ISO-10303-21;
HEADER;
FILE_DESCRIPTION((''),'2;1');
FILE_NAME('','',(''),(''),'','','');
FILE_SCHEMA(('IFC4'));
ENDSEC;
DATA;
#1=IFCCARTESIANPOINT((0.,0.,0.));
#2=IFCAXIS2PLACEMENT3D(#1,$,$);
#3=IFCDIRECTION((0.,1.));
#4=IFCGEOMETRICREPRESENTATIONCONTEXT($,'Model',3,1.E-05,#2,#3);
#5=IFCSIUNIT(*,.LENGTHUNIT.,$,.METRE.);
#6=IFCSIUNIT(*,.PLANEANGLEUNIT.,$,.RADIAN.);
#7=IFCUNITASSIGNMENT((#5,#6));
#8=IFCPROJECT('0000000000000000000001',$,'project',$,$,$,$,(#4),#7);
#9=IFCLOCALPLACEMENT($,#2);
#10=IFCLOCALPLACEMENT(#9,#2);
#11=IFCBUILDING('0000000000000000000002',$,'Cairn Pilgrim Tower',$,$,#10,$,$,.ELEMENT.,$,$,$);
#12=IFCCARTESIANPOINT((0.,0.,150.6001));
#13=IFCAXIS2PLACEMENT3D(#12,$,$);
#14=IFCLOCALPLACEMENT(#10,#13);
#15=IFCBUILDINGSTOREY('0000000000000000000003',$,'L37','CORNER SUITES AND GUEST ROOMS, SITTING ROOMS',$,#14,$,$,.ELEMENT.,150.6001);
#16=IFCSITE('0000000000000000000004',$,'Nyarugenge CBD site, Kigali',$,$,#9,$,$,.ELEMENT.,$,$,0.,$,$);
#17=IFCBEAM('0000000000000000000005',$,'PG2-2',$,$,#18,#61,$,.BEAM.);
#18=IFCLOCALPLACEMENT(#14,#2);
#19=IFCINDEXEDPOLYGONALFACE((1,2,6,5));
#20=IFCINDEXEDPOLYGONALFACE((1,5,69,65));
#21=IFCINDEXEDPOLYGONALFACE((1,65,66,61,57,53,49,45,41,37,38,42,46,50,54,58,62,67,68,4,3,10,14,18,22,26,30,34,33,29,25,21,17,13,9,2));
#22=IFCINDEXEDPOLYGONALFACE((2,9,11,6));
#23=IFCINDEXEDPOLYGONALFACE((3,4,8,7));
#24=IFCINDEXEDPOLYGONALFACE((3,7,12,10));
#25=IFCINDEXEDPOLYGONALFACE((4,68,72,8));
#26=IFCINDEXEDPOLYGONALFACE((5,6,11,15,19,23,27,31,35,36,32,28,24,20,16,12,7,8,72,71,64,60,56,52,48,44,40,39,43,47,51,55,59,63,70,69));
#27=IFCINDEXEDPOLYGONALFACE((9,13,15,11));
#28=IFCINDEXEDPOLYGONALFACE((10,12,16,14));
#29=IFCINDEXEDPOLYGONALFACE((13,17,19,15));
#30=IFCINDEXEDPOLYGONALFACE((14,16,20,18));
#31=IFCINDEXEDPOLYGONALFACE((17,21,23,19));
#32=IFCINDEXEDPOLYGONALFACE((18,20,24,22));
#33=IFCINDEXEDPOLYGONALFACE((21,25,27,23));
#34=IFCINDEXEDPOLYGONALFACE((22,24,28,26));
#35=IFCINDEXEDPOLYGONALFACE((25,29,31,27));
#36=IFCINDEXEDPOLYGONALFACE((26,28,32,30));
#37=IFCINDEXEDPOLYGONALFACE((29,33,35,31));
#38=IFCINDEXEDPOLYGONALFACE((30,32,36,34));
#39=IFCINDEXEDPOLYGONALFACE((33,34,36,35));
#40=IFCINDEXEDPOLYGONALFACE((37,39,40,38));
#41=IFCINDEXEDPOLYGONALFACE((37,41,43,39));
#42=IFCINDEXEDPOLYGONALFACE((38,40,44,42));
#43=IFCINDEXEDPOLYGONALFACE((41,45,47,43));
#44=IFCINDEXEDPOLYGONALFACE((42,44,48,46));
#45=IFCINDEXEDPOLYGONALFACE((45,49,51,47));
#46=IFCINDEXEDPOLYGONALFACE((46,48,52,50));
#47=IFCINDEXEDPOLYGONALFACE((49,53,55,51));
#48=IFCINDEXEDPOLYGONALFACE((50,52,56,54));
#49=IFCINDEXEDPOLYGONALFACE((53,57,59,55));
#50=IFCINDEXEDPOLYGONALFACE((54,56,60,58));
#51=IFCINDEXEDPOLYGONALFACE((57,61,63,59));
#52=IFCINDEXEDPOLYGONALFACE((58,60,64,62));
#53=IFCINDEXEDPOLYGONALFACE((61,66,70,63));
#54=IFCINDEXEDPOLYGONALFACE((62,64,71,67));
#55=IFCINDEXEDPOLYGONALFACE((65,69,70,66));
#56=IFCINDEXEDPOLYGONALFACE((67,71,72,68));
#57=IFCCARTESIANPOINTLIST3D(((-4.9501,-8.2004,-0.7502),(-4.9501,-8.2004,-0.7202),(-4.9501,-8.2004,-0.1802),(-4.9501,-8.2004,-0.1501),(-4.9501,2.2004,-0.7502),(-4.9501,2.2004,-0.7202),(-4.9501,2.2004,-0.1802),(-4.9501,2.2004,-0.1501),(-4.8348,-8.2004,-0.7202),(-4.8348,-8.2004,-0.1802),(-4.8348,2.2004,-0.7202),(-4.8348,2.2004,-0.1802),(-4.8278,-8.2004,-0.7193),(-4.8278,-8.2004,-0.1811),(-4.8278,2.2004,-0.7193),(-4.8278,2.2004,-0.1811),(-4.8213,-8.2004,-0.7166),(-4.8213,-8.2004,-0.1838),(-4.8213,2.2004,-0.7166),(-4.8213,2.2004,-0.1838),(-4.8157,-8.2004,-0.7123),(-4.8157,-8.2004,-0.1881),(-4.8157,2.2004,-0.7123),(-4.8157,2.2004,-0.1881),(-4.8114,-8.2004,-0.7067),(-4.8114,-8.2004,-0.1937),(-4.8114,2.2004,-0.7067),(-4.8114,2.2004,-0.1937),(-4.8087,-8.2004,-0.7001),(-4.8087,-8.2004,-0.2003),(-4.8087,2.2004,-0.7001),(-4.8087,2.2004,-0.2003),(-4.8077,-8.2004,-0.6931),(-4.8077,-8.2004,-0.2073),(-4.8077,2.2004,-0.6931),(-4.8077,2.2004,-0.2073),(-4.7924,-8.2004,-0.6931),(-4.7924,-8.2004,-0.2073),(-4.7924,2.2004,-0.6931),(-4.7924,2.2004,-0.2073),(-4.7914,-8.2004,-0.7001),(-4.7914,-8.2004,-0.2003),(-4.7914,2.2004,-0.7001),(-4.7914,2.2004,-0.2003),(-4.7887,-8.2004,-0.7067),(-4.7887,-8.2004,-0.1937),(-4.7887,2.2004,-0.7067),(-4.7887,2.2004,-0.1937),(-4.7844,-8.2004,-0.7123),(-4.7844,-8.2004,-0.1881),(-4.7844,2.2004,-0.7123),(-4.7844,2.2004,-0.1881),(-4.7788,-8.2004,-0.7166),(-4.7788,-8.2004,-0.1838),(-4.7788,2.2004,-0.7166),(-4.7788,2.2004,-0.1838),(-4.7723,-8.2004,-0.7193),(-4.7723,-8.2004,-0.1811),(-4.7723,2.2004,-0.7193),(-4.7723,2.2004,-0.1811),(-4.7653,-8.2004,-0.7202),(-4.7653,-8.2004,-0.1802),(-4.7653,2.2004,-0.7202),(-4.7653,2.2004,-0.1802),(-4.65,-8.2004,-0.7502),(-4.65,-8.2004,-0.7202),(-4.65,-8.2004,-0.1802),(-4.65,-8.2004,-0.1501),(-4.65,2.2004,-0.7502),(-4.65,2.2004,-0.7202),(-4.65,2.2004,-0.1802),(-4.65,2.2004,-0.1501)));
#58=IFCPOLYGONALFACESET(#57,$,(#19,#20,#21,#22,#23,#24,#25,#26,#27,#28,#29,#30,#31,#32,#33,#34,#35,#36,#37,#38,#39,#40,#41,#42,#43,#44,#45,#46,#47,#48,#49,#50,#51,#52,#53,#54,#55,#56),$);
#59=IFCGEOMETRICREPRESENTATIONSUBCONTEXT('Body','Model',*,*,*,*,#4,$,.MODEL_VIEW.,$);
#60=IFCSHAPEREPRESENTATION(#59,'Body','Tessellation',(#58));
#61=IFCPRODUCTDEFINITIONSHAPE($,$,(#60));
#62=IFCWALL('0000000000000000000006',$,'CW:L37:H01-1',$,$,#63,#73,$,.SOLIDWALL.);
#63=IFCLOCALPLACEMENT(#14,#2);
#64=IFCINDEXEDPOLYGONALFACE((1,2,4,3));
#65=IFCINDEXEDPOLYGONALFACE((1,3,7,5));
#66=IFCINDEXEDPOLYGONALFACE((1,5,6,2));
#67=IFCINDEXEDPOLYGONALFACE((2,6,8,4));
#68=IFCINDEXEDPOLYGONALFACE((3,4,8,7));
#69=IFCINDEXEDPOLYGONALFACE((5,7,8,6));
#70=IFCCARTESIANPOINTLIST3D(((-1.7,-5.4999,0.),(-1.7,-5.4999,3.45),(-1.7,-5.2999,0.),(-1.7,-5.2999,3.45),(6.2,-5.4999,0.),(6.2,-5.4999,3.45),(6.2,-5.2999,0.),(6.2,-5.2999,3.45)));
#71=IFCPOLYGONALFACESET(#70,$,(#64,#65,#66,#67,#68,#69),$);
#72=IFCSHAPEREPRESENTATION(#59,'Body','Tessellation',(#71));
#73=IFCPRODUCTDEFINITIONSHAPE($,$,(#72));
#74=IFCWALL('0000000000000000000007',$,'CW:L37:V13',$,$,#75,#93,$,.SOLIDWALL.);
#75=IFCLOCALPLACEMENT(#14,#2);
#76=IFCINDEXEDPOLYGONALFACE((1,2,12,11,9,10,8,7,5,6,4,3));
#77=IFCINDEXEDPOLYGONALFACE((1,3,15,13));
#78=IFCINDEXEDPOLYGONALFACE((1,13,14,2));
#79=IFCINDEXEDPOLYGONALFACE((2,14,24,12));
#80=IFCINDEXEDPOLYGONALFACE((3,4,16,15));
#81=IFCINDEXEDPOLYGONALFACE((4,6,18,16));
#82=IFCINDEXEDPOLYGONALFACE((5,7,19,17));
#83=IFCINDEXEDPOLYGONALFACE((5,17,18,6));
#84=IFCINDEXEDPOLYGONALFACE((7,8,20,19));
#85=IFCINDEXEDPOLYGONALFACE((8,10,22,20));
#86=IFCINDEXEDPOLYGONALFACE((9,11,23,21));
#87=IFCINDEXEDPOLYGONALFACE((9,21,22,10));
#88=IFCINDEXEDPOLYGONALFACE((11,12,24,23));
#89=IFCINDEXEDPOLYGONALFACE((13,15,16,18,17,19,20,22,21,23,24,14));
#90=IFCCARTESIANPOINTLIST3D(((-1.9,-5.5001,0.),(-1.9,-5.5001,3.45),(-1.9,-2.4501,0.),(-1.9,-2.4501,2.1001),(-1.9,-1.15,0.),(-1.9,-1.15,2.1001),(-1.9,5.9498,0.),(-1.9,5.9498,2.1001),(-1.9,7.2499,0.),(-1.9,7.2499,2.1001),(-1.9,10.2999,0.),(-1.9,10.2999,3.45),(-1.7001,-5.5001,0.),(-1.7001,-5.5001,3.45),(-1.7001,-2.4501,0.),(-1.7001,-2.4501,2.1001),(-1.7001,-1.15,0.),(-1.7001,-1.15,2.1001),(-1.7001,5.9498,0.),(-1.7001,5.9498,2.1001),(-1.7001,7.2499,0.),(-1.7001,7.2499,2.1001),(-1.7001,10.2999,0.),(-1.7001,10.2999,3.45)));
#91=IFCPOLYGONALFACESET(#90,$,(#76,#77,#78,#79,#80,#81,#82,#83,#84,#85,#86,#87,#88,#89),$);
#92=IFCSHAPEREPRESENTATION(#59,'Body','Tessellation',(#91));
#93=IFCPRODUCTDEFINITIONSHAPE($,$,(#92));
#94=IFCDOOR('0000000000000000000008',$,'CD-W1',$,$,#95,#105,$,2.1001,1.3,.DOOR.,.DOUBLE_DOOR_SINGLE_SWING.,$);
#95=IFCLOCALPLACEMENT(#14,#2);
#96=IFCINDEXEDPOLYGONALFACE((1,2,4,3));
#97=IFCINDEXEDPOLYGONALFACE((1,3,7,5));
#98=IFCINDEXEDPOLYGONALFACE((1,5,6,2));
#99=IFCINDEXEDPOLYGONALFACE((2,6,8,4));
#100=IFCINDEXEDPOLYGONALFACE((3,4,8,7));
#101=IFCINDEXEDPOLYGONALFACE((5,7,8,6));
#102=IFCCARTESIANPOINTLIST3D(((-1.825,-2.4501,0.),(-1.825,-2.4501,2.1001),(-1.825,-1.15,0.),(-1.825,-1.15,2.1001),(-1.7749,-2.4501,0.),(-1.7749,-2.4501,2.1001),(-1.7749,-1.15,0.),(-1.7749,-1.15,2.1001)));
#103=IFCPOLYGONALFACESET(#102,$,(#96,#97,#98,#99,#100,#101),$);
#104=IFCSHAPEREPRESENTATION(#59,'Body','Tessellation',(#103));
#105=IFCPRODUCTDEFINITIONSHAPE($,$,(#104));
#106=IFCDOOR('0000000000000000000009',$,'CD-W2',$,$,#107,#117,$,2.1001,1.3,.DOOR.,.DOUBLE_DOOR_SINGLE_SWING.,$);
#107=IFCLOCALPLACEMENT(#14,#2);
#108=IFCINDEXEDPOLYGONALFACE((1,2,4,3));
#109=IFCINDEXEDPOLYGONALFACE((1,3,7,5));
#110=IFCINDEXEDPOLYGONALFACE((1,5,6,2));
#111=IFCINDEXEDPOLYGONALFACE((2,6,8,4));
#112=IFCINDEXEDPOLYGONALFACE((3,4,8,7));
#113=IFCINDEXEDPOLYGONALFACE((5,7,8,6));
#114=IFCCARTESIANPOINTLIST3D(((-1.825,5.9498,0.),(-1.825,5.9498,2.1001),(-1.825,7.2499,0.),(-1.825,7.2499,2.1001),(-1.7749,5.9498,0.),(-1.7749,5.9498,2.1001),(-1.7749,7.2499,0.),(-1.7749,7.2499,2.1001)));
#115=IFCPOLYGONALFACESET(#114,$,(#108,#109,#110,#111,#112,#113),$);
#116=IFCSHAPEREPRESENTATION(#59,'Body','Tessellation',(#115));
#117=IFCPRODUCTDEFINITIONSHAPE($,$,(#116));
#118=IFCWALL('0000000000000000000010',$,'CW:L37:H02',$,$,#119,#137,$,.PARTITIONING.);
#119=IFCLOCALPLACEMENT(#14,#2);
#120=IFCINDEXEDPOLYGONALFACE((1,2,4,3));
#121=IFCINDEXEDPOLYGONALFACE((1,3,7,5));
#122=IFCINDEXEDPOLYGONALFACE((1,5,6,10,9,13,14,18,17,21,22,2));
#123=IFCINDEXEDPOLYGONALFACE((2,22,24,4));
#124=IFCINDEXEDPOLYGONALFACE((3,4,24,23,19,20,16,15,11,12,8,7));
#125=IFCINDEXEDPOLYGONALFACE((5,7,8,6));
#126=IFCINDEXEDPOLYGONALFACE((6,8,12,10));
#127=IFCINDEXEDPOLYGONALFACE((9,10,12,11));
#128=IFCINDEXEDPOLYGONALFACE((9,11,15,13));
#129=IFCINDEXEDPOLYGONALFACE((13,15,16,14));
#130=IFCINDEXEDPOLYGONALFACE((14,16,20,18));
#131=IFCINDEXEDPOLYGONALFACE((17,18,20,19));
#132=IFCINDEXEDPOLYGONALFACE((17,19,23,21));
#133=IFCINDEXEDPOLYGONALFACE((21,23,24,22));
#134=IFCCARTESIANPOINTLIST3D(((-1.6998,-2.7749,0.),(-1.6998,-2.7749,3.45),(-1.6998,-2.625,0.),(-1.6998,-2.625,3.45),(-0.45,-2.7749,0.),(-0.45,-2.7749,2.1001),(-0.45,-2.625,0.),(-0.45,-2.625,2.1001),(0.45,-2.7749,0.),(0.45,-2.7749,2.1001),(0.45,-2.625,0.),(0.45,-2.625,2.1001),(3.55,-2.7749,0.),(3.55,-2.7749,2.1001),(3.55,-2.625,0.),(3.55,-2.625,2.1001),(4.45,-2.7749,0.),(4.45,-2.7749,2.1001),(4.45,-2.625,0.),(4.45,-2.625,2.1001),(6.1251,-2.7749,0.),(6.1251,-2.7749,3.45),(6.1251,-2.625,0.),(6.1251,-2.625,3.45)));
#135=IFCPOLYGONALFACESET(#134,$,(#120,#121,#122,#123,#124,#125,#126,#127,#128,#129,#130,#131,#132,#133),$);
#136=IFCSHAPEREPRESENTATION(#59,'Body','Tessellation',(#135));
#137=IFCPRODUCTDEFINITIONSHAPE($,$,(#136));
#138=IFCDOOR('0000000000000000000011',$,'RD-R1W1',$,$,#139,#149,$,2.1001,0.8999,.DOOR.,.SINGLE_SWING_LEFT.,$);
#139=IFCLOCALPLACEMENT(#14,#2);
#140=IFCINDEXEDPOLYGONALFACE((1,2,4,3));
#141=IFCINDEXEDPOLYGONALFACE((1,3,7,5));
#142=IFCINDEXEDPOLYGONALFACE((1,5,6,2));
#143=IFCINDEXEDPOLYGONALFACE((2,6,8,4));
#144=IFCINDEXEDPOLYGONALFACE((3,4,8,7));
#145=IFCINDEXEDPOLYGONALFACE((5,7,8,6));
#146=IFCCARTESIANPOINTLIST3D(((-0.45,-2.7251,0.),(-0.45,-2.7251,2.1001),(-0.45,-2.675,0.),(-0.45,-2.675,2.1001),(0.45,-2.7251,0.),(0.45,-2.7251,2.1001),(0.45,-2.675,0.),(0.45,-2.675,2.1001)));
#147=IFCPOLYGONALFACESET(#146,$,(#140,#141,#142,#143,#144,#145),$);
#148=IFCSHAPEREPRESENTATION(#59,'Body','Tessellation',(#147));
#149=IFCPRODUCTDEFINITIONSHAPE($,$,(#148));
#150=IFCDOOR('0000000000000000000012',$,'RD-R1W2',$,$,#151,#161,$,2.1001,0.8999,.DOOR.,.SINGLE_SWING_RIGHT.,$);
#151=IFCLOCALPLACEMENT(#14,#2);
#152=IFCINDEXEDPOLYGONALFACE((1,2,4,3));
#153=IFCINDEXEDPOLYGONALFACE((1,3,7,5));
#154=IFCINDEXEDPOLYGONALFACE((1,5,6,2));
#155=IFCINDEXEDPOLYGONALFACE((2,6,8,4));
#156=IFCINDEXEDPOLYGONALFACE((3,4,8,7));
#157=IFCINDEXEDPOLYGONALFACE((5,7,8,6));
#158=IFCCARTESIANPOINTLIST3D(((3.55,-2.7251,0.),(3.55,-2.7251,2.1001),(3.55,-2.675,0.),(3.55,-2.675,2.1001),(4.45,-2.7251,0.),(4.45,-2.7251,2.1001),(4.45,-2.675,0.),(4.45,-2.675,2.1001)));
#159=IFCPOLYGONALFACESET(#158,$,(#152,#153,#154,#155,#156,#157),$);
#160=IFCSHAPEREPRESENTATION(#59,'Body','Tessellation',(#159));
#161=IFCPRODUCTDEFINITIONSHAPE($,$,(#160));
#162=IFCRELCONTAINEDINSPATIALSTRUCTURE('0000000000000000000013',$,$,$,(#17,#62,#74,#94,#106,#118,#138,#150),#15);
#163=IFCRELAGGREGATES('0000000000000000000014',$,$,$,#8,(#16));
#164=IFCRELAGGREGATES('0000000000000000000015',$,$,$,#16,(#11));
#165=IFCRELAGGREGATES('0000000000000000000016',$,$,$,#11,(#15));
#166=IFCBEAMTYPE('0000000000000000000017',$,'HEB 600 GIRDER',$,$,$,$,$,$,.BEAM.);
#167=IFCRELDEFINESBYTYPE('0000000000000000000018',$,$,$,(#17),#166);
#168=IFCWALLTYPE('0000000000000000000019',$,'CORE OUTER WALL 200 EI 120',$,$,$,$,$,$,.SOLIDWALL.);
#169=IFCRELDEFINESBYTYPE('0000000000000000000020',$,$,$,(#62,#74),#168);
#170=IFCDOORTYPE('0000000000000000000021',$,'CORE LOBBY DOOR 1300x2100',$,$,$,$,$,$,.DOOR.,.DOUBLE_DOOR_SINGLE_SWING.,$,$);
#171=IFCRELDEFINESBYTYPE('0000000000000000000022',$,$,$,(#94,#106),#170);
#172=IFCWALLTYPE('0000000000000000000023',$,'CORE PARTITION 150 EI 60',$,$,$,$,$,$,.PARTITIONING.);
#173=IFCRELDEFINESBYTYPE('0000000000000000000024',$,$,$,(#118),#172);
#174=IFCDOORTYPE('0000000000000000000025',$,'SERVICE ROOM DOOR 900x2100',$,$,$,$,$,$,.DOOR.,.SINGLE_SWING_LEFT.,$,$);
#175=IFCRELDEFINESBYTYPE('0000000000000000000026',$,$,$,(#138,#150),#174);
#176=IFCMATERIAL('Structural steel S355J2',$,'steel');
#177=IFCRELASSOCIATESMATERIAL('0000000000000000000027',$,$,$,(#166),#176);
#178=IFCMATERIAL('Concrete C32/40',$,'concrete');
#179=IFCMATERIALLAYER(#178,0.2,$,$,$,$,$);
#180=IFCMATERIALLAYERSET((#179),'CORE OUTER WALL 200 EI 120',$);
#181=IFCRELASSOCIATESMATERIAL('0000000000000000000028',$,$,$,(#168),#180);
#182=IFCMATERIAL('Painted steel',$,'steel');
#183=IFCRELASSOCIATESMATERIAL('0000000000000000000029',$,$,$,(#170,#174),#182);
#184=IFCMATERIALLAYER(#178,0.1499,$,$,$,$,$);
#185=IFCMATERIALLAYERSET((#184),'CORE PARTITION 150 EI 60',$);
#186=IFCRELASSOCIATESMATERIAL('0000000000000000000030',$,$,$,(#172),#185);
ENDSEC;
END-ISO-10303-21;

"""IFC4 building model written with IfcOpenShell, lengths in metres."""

from ifc_helpers import new_model, si_unit, direction, frame, frame_2d, origin, origin_2d, place, context, subcontext, project, spatial, rectangle, i_section, extrude, material, layer, layer_set, material_profile, profile_set, type_object, element, fill, save


model = new_model("IFC4")

# Units and contexts
model_context = context("Model", 3, precision=1e-05, world=origin(), true_north=direction((0.0, 1.0)))
body_context = subcontext(model_context, "Body", "Model", "MODEL_VIEW")
ifc_project = project(units=[si_unit("LENGTHUNIT", "METRE"), si_unit("PLANEANGLEUNIT", "RADIAN")], contexts=[model_context])

# Site, building, storey
site_placement = place(None, origin())
site = spatial("IfcSite", under=ifc_project, at=site_placement, Name="Nyarugenge CBD site, Kigali", CompositionType="ELEMENT", RefElevation=0.0)
building_placement = place(site_placement, origin())
building = spatial("IfcBuilding", under=site, at=building_placement, Name="Cairn Pilgrim Tower", CompositionType="ELEMENT")
storey_placement = place(building_placement, frame((0.0, 0.0, 150.6001)))
storey = spatial("IfcBuildingStorey", under=building, at=storey_placement, Name="L37", Description="CORNER SUITES AND GUEST ROOMS, SITTING ROOMS", CompositionType="ELEMENT", Elevation=150.6001)

# Beam
ifc_material_1 = material(Name="Structural steel S355J2", Category="steel")
ifc_material_profile_1 = material_profile(ifc_material_1, i_section(OverallWidth=0.3, OverallDepth=0.6001, WebThickness=0.0154, FlangeThickness=0.03, FilletRadius=0.0271, at=origin_2d()), Name="HEB 600")
ifc_profile_set_1 = profile_set([ifc_material_profile_1], Name="Structural steel S355J2")
beam_type_1 = type_object("IfcBeamType", Name="HEB 600 GIRDER", PredefinedType="BEAM", material=ifc_profile_set_1)
beam_1_placement = place(storey_placement, frame((-4.8, -8.2004, -0.4502), z_axis=(0.0, 1.0, 0.0), x_axis=(-1.0, 0.0, 0.0)))
element("IfcBeam", 1, at=beam_1_placement, inside=storey, type_object=beam_type_1, Name="PG2-2", PredefinedType="BEAM", context=body_context, shape_type="SweptSolid", body=[
    extrude(i_section(OverallWidth=0.3, OverallDepth=0.6001, WebThickness=0.0154, FlangeThickness=0.03, FilletRadius=0.0271, at=origin_2d()), origin(), (0.0, 0.0, 1.0), 10.4009),
])

# Wall
ifc_material_2 = material(Name="Concrete C32/40", Category="concrete")
ifc_layer_1 = layer(ifc_material_2, 0.2)
ifc_layer_set_1 = layer_set([ifc_layer_1], Name="CORE OUTER WALL 200 EI 120")
wall_type_1 = type_object("IfcWallType", Name="CORE OUTER WALL 200 EI 120", PredefinedType="SOLIDWALL", material=ifc_layer_set_1)
wall_1_placement = place(storey_placement, frame((-1.7, -5.3999, 0.0), z_axis=(0.0, 0.0, 1.0), x_axis=(1.0, 0.0, 0.0)))
element("IfcWall", 2, at=wall_1_placement, inside=storey, type_object=wall_type_1, Name="CW:L37:H01-1", PredefinedType="SOLIDWALL", context=body_context, shape_type="SweptSolid", body=[
    extrude(rectangle(XDim=7.8999, YDim=0.2, at=frame_2d((3.95, 0.0))), origin(), (0.0, 0.0, 1.0), 3.45),
])

# Walls, openings, doors
wall_2_placement = place(storey_placement, frame((-1.8, -5.5, 0.0), z_axis=(0.0, 0.0, 1.0), x_axis=(0.0, 1.0, 0.0)))
wall_2 = element("IfcWall", 3, at=wall_2_placement, inside=storey, type_object=wall_type_1, Name="CW:L37:V13", PredefinedType="SOLIDWALL", context=body_context, shape_type="SweptSolid", body=[
    extrude(rectangle(XDim=15.8, YDim=0.2, at=frame_2d((7.8999, 0.0))), origin(), (0.0, 0.0, 1.0), 3.45),
])
opening_1_placement = place(wall_2_placement, frame((3.05, 0.0, 0.0)))
opening_1 = element("IfcOpeningElement", 4, at=opening_1_placement, cuts=wall_2, PredefinedType="OPENING", context=body_context, shape_type="SweptSolid", body=[
    extrude(rectangle(XDim=1.3, YDim=2.1001, at=frame_2d((0.6499, 1.05))), frame((0.0, 0.1099, 0.0), z_axis=(0.0, -1.0, 0.0), x_axis=(1.0, 0.0, 0.0)), (0.0, 0.0, 1.0), 0.22),
])
opening_2_placement = place(wall_2_placement, frame((11.45, 0.0, 0.0)))
opening_2 = element("IfcOpeningElement", 5, at=opening_2_placement, cuts=wall_2, PredefinedType="OPENING", context=body_context, shape_type="SweptSolid", body=[
    extrude(rectangle(XDim=1.3, YDim=2.1001, at=frame_2d((0.6499, 1.05))), frame((0.0, 0.1099, 0.0), z_axis=(0.0, -1.0, 0.0), x_axis=(1.0, 0.0, 0.0)), (0.0, 0.0, 1.0), 0.22),
])
ifc_material_3 = material(Name="Painted steel", Category="steel")
door_type_1 = type_object("IfcDoorType", Name="CORE LOBBY DOOR 1300x2100", OperationType="DOUBLE_DOOR_SINGLE_SWING", PredefinedType="DOOR", material=ifc_material_3)
door_1_placement = place(opening_1_placement, origin())
door_1 = element("IfcDoor", 6, at=door_1_placement, inside=storey, type_object=door_type_1, Name="CD-W1", OperationType="DOUBLE_DOOR_SINGLE_SWING", OverallHeight=2.1001, OverallWidth=1.3, PredefinedType="DOOR", context=body_context, shape_type="SweptSolid", body=[
    extrude(rectangle(XDim=1.3, YDim=2.1001, at=frame_2d((0.6499, 1.05))), frame((0.0, 0.0249, 0.0), z_axis=(0.0, -1.0, 0.0), x_axis=(1.0, 0.0, 0.0)), (0.0, 0.0, 1.0), 0.05),
])
fill(opening_1, door_1)
door_2_placement = place(opening_2_placement, origin())
door_2 = element("IfcDoor", 7, at=door_2_placement, inside=storey, type_object=door_type_1, Name="CD-W2", OperationType="DOUBLE_DOOR_SINGLE_SWING", OverallHeight=2.1001, OverallWidth=1.3, PredefinedType="DOOR", context=body_context, shape_type="SweptSolid", body=[
    extrude(rectangle(XDim=1.3, YDim=2.1001, at=frame_2d((0.6499, 1.05))), frame((0.0, 0.0249, 0.0), z_axis=(0.0, -1.0, 0.0), x_axis=(1.0, 0.0, 0.0)), (0.0, 0.0, 1.0), 0.05),
])
fill(opening_2, door_2)
ifc_layer_2 = layer(ifc_material_2, 0.1499)
ifc_layer_set_2 = layer_set([ifc_layer_2], Name="CORE PARTITION 150 EI 60")
wall_type_2 = type_object("IfcWallType", Name="CORE PARTITION 150 EI 60", PredefinedType="PARTITIONING", material=ifc_layer_set_2)
wall_3_placement = place(storey_placement, frame((-1.7, -2.7, 0.0), z_axis=(0.0, 0.0, 1.0), x_axis=(1.0, 0.0, 0.0)))
wall_3 = element("IfcWall", 8, at=wall_3_placement, inside=storey, type_object=wall_type_2, Name="CW:L37:H02", PredefinedType="PARTITIONING", context=body_context, shape_type="SweptSolid", body=[
    extrude(rectangle(XDim=7.825, YDim=0.1499, at=frame_2d((3.9126, 0.0))), origin(), (0.0, 0.0, 1.0), 3.45),
])
opening_3_placement = place(wall_3_placement, frame((1.25, 0.0, 0.0)))
opening_3 = element("IfcOpeningElement", 9, at=opening_3_placement, cuts=wall_3, PredefinedType="OPENING", context=body_context, shape_type="SweptSolid", body=[
    extrude(rectangle(XDim=0.8999, YDim=2.1001, at=frame_2d((0.45, 1.05))), frame((0.0, 0.085, 0.0), z_axis=(0.0, -1.0, 0.0), x_axis=(1.0, 0.0, 0.0)), (0.0, 0.0, 1.0), 0.1699),
])
opening_4_placement = place(wall_3_placement, frame((5.25, 0.0, 0.0)))
opening_4 = element("IfcOpeningElement", 10, at=opening_4_placement, cuts=wall_3, PredefinedType="OPENING", context=body_context, shape_type="SweptSolid", body=[
    extrude(rectangle(XDim=0.8999, YDim=2.1001, at=frame_2d((0.45, 1.05))), frame((0.0, 0.085, 0.0), z_axis=(0.0, -1.0, 0.0), x_axis=(1.0, 0.0, 0.0)), (0.0, 0.0, 1.0), 0.1699),
])
door_type_2 = type_object("IfcDoorType", Name="SERVICE ROOM DOOR 900x2100", OperationType="SINGLE_SWING_LEFT", PredefinedType="DOOR", material=ifc_material_3)
door_3_placement = place(opening_3_placement, origin())
door_3 = element("IfcDoor", 11, at=door_3_placement, inside=storey, type_object=door_type_2, Name="RD-R1W1", OperationType="SINGLE_SWING_LEFT", OverallHeight=2.1001, OverallWidth=0.8999, PredefinedType="DOOR", context=body_context, shape_type="SweptSolid", body=[
    extrude(rectangle(XDim=0.8999, YDim=2.1001, at=frame_2d((0.45, 1.05))), frame((0.0, 0.0249, 0.0), z_axis=(0.0, -1.0, 0.0), x_axis=(1.0, 0.0, 0.0)), (0.0, 0.0, 1.0), 0.05),
])
fill(opening_3, door_3)
door_4_placement = place(opening_4_placement, origin())
door_4 = element("IfcDoor", 12, at=door_4_placement, inside=storey, type_object=door_type_2, Name="RD-R1W2", OperationType="SINGLE_SWING_RIGHT", OverallHeight=2.1001, OverallWidth=0.8999, PredefinedType="DOOR", context=body_context, shape_type="SweptSolid", body=[
    extrude(rectangle(XDim=0.8999, YDim=2.1001, at=frame_2d((0.45, 1.05))), frame((0.0, 0.0249, 0.0), z_axis=(0.0, -1.0, 0.0), x_axis=(1.0, 0.0, 0.0)), (0.0, 0.0, 1.0), 0.05),
])
fill(opening_4, door_4)

save(model, "model.ifc")
